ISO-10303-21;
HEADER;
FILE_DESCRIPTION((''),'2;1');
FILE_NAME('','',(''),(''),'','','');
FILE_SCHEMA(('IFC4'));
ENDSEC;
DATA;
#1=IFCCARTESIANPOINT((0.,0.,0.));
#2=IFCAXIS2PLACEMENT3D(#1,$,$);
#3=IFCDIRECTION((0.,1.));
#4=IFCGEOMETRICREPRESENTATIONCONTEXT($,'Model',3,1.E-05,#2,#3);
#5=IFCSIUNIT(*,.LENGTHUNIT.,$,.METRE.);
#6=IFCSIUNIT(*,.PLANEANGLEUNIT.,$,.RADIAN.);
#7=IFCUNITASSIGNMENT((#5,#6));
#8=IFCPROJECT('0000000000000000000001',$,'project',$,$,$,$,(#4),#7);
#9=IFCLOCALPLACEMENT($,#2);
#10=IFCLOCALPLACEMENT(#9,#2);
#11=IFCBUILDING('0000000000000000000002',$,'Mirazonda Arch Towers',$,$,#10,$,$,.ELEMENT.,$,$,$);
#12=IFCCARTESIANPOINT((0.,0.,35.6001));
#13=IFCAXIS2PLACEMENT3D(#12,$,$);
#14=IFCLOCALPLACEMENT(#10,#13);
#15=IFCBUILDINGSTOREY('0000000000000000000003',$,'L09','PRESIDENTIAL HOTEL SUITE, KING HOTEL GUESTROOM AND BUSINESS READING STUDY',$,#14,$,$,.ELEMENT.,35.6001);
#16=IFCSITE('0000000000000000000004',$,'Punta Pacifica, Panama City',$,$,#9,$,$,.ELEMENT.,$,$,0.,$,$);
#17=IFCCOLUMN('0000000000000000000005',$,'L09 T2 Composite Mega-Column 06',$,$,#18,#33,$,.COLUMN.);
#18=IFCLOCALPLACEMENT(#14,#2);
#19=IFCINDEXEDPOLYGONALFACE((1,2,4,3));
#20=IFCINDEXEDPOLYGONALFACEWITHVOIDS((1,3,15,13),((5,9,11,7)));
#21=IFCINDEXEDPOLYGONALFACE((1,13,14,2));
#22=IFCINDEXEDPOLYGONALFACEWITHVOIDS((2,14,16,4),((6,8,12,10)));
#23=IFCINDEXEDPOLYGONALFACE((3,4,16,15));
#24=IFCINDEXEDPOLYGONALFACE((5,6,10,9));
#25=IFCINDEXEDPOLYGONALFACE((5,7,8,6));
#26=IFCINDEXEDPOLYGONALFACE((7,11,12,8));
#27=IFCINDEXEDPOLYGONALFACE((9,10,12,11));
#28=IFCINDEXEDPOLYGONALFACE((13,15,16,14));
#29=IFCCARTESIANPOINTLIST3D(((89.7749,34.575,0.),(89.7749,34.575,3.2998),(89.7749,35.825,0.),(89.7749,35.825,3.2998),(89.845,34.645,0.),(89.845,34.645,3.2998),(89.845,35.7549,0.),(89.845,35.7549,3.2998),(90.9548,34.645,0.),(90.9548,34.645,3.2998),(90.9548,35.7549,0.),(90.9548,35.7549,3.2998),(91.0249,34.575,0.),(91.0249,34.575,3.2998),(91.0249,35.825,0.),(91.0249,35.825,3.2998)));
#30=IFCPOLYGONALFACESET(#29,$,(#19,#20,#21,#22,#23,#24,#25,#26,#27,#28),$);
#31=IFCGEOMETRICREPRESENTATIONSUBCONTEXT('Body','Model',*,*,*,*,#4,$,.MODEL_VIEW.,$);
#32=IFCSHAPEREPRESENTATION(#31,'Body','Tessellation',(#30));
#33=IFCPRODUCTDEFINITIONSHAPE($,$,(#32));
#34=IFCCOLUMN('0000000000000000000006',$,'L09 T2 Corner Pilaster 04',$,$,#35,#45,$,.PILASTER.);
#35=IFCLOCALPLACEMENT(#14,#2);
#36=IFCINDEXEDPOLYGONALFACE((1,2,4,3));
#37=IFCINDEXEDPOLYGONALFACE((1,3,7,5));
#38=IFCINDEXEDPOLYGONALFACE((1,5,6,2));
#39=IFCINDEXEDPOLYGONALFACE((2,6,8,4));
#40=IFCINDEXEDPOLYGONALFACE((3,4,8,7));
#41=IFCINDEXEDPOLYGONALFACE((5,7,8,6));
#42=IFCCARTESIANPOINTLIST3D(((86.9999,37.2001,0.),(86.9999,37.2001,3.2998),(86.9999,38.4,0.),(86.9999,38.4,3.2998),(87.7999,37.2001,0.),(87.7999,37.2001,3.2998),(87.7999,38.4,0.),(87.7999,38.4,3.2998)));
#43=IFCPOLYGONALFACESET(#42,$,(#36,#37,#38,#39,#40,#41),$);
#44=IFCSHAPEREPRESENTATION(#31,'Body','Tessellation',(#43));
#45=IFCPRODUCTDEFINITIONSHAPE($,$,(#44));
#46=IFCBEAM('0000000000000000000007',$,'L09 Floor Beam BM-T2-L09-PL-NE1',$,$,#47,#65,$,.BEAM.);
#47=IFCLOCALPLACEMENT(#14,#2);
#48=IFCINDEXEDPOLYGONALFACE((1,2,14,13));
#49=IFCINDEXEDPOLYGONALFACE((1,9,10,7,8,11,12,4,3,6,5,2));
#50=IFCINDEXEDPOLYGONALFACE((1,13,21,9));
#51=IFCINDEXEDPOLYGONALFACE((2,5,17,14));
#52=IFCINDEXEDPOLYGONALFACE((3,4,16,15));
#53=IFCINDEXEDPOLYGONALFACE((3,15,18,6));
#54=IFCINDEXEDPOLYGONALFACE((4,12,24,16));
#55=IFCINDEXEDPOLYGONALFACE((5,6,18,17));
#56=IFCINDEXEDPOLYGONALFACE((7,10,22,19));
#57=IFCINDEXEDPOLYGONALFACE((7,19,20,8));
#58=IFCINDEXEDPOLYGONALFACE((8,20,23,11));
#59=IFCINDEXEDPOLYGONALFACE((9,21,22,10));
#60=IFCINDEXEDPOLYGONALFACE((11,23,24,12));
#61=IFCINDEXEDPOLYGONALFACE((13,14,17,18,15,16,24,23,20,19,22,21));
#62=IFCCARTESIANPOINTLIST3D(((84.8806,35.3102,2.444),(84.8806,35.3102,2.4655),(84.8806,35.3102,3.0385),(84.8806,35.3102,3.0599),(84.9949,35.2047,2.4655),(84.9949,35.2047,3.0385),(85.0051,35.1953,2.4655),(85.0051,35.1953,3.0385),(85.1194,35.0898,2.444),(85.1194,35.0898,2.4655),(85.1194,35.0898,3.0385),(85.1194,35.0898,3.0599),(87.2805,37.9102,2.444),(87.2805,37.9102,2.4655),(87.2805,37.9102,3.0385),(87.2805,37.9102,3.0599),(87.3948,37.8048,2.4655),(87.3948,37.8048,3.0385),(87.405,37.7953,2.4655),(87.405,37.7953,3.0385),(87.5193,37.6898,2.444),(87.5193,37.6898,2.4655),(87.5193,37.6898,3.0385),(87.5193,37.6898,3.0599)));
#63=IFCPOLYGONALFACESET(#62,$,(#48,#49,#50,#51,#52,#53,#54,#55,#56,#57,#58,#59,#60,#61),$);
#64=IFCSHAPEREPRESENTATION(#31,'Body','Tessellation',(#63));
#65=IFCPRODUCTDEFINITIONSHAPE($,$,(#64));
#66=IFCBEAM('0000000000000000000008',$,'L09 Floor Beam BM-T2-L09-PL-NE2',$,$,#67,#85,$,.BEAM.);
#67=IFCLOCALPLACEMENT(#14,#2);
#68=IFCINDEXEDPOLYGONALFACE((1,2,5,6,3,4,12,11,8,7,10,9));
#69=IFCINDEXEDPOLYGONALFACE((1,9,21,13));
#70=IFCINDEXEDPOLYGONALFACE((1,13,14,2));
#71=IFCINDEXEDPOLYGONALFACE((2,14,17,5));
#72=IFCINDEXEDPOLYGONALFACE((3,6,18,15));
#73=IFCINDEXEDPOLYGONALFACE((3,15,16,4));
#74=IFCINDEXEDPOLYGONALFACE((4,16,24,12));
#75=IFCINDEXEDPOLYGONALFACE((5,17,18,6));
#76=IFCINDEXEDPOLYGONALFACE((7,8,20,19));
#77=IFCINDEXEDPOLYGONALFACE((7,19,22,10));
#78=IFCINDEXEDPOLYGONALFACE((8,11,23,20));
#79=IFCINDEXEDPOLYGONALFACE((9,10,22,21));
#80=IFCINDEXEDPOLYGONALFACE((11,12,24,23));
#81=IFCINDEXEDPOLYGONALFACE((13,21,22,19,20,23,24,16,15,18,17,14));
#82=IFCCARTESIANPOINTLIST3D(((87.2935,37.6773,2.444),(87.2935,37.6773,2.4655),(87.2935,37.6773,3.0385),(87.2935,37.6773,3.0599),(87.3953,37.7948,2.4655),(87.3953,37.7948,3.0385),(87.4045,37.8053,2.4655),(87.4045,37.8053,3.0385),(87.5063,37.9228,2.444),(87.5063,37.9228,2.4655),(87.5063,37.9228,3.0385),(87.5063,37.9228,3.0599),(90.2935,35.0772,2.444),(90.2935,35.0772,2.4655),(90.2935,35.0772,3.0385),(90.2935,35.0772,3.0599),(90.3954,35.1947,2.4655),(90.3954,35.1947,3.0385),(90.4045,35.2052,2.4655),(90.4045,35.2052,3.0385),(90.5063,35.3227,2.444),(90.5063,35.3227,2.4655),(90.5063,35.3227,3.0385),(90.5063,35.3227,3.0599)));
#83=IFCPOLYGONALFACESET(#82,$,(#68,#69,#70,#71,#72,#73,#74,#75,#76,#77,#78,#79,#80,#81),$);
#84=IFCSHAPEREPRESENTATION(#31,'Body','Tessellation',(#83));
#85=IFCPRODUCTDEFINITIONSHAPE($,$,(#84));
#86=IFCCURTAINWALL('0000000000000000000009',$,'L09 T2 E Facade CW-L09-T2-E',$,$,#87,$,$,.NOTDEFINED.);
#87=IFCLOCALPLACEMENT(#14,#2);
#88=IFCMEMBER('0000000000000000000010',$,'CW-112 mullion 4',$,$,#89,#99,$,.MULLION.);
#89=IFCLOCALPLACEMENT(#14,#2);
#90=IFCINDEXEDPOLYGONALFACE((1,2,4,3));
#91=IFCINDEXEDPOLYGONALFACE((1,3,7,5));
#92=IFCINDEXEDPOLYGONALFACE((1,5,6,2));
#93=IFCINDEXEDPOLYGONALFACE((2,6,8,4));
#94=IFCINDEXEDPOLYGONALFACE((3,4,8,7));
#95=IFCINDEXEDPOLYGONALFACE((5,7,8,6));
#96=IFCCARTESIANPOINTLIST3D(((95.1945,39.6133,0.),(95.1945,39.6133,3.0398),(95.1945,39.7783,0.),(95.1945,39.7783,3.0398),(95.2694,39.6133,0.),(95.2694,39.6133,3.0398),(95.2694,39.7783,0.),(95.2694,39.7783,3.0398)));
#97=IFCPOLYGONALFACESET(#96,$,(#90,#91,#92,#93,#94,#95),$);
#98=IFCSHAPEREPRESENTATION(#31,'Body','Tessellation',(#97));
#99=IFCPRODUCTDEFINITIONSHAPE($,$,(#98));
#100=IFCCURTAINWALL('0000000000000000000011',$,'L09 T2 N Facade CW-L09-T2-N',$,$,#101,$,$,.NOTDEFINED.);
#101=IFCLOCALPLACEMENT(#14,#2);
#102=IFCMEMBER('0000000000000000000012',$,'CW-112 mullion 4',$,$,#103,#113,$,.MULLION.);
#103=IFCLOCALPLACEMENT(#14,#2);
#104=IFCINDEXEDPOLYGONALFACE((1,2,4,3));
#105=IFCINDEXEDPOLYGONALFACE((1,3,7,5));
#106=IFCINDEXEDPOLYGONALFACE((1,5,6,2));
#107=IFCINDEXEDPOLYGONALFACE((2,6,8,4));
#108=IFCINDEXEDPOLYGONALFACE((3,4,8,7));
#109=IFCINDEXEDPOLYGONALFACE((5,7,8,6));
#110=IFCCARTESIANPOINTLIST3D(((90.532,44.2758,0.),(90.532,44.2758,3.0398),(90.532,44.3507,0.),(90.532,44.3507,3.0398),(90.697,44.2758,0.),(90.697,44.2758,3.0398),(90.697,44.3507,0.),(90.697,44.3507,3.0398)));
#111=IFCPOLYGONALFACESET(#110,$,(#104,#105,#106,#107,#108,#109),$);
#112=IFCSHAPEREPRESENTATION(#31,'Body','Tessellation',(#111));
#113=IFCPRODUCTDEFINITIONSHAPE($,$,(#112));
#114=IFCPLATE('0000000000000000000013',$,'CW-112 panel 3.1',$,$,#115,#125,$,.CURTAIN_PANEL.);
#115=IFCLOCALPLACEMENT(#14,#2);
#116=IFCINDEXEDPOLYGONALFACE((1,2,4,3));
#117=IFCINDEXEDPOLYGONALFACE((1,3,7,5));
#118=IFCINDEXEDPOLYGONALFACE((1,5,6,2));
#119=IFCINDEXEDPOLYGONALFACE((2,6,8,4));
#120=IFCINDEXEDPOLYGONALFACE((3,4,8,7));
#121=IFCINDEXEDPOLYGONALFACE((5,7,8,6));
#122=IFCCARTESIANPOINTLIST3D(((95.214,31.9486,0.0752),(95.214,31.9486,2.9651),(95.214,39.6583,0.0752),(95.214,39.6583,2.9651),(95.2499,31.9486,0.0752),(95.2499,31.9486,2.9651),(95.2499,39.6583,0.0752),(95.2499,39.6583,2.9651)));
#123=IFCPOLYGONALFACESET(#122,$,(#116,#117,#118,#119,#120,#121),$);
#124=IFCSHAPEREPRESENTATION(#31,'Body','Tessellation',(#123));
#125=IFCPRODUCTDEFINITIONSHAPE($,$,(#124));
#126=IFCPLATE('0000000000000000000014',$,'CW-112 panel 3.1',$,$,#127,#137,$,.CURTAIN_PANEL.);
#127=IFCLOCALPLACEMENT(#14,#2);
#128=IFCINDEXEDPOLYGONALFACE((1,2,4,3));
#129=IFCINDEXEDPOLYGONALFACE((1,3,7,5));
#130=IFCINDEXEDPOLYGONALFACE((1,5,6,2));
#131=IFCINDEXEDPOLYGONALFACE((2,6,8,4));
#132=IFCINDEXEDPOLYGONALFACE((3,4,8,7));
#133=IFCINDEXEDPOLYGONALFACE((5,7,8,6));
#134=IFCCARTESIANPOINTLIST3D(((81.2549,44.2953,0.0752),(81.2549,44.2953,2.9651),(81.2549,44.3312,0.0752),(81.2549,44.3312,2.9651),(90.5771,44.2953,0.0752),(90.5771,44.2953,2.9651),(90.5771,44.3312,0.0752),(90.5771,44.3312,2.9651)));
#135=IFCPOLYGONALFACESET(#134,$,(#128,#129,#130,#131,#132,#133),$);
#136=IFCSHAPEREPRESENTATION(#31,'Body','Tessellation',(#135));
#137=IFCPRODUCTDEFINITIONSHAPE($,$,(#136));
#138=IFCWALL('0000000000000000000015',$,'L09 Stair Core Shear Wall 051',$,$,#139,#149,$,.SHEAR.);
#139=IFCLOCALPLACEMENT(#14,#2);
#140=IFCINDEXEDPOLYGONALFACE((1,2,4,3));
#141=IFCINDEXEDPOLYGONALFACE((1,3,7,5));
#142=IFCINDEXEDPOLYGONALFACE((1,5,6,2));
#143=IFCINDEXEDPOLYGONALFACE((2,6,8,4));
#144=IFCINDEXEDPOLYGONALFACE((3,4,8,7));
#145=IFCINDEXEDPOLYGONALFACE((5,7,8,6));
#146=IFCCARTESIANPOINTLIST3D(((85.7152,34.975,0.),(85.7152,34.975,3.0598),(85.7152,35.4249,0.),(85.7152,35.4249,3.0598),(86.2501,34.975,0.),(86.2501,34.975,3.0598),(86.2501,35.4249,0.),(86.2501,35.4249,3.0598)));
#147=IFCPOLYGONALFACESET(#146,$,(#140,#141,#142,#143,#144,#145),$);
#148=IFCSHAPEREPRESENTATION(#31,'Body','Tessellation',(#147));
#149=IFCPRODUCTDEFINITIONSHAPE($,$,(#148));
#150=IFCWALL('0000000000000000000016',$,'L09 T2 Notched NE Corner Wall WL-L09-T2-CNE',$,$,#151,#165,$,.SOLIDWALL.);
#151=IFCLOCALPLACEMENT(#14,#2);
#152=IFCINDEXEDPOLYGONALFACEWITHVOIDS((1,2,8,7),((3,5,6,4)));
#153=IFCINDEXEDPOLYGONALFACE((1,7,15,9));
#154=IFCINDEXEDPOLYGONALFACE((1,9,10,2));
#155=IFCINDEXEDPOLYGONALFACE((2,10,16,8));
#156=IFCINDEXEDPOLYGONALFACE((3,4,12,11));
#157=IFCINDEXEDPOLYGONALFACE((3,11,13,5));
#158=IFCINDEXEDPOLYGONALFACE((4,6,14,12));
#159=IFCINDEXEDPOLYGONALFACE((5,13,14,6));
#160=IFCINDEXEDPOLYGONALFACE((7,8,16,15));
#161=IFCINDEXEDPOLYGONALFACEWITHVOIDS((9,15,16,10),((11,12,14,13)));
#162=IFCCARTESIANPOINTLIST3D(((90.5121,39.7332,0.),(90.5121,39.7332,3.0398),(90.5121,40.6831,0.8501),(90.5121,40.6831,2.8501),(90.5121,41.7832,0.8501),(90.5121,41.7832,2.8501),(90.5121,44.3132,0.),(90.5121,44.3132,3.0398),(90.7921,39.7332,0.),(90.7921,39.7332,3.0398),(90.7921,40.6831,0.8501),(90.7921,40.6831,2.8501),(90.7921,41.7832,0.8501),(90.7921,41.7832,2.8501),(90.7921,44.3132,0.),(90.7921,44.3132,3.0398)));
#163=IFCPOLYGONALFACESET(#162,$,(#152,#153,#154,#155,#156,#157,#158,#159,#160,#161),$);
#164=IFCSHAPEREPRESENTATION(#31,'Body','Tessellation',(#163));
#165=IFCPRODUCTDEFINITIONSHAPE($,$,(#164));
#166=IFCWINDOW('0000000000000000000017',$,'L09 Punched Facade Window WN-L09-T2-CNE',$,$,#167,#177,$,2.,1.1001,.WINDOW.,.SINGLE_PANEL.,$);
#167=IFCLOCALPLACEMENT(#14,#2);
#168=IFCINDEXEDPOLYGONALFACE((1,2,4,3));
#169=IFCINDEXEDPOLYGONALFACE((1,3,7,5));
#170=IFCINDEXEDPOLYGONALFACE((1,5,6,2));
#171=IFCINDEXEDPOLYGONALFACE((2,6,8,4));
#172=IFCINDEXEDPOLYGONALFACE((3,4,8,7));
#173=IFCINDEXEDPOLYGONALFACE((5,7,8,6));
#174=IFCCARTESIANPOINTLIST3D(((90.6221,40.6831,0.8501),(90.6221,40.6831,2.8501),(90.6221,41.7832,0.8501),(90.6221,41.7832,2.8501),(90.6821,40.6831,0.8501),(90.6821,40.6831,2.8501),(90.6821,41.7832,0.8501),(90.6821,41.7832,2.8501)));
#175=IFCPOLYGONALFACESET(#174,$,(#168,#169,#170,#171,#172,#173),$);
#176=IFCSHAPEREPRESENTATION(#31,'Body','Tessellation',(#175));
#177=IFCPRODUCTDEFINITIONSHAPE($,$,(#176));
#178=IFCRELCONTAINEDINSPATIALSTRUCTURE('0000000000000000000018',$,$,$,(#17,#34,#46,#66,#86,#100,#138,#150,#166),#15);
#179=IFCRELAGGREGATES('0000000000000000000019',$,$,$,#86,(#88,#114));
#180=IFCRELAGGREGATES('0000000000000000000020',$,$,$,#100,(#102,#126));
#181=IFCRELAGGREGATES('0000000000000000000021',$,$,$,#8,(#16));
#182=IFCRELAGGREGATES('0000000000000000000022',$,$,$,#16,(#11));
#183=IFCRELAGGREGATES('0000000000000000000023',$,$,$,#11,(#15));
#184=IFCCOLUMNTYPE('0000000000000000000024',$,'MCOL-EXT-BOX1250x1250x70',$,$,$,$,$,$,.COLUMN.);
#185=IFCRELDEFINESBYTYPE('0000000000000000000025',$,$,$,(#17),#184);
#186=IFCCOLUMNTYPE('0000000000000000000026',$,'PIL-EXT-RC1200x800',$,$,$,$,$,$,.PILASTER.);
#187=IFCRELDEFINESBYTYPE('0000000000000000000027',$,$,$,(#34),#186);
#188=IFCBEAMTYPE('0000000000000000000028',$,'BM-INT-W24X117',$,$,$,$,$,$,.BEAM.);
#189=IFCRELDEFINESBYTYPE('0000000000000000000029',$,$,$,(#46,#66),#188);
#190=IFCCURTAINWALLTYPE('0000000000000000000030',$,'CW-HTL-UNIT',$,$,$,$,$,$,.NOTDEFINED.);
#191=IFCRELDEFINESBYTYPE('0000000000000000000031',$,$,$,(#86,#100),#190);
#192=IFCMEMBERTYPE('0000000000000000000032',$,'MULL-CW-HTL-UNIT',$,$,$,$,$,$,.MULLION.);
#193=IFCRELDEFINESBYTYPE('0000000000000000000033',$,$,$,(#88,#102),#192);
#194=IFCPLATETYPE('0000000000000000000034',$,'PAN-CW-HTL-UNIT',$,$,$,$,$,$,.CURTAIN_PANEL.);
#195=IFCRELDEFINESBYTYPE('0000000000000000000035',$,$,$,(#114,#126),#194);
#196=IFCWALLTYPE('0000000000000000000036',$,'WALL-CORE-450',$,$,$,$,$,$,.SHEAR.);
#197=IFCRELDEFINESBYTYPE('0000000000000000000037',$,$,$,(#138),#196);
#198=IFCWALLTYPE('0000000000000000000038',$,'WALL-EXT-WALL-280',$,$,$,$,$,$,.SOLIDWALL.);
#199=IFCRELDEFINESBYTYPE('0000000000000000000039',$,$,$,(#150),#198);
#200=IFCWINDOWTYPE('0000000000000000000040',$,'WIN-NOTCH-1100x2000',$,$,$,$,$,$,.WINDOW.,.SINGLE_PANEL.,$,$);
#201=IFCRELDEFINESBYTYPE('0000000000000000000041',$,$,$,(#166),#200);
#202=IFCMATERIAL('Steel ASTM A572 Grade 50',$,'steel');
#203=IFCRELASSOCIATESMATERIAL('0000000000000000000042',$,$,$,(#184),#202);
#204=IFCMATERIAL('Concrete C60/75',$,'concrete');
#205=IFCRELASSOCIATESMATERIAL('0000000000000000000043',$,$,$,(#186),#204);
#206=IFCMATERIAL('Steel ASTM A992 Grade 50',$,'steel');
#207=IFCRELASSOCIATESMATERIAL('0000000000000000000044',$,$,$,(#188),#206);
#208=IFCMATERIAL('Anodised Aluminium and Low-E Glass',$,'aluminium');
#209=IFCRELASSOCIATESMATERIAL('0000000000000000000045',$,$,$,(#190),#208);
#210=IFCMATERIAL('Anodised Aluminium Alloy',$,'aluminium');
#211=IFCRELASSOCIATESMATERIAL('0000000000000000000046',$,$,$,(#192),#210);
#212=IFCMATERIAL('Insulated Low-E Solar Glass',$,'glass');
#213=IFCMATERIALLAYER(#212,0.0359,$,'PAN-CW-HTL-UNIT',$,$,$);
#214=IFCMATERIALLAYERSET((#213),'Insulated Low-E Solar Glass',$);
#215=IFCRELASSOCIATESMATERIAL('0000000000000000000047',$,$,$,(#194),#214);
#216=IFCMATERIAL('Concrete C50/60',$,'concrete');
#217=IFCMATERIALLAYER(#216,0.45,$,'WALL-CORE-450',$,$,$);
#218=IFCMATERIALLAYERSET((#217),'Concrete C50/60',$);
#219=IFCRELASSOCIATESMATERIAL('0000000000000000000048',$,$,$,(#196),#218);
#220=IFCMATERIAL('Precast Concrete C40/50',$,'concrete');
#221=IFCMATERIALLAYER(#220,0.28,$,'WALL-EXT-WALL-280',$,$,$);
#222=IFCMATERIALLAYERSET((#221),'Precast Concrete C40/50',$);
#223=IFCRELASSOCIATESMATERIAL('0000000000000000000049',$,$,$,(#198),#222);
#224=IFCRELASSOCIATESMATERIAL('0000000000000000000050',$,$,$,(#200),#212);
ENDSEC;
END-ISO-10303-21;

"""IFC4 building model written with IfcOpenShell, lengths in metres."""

from ifc_helpers import new_model, si_unit, direction, frame, frame_2d, origin, origin_2d, place, context, subcontext, project, spatial, rectangle, hollow_rectangle, i_section, extrude, material, layer, layer_set, material_profile, profile_set, type_object, element, fill, aggregate, save


model = new_model("IFC4")

# Units and contexts
model_context = context("Model", 3, precision=1e-05, world=origin(), true_north=direction((0.0, 1.0)))
body_context = subcontext(model_context, "Body", "Model", "MODEL_VIEW")
ifc_project = project(units=[si_unit("LENGTHUNIT", "METRE"), si_unit("PLANEANGLEUNIT", "RADIAN")], contexts=[model_context])

# Site, building, storey
site_placement = place(None, origin())
site = spatial("IfcSite", under=ifc_project, at=site_placement, Name="Punta Pacifica, Panama City", CompositionType="ELEMENT", RefElevation=0.0)
building_placement = place(site_placement, origin())
building = spatial("IfcBuilding", under=site, at=building_placement, Name="Mirazonda Arch Towers", CompositionType="ELEMENT")
storey_placement = place(building_placement, frame((0.0, 0.0, 35.6001)))
storey = spatial("IfcBuildingStorey", under=building, at=storey_placement, Name="L09", Description="PRESIDENTIAL HOTEL SUITE, KING HOTEL GUESTROOM AND BUSINESS READING STUDY", CompositionType="ELEMENT", Elevation=35.6001)

# Columns
ifc_material_1 = material(Name="Steel ASTM A572 Grade 50", Category="steel")
ifc_material_profile_1 = material_profile(ifc_material_1, hollow_rectangle(XDim=1.25, YDim=1.25, WallThickness=0.0701, at=origin_2d()), Name="BOX1250x1250x70")
ifc_profile_set_1 = profile_set([ifc_material_profile_1], Name="Steel ASTM A572 Grade 50")
column_type_1 = type_object("IfcColumnType", Name="MCOL-EXT-BOX1250x1250x70", PredefinedType="COLUMN", material=ifc_profile_set_1)
column_1_placement = place(storey_placement, frame((90.3999, 35.2, 0.0), z_axis=(0.0, 0.0, 1.0), x_axis=(1.0, 0.0, 0.0)))
element("IfcColumn", 1, at=column_1_placement, inside=storey, type_object=column_type_1, Name="L09 T2 Composite Mega-Column 06", PredefinedType="COLUMN", context=body_context, shape_type="SweptSolid", body=[
    extrude(hollow_rectangle(XDim=1.25, YDim=1.25, WallThickness=0.0701, at=origin_2d()), origin(), (0.0, 0.0, 1.0), 3.2998),
])
ifc_material_2 = material(Name="Concrete C60/75", Category="concrete")
ifc_material_profile_2 = material_profile(ifc_material_2, rectangle(XDim=0.8, YDim=1.2, at=origin_2d()), Name="RC1200x800")
ifc_profile_set_2 = profile_set([ifc_material_profile_2], Name="Concrete C60/75")
column_type_2 = type_object("IfcColumnType", Name="PIL-EXT-RC1200x800", PredefinedType="PILASTER", material=ifc_profile_set_2)
column_2_placement = place(storey_placement, frame((87.3999, 37.8, 0.0), z_axis=(0.0, 0.0, 1.0), x_axis=(1.0, 0.0, 0.0)))
element("IfcColumn", 2, at=column_2_placement, inside=storey, type_object=column_type_2, Name="L09 T2 Corner Pilaster 04", PredefinedType="PILASTER", context=body_context, shape_type="SweptSolid", body=[
    extrude(rectangle(XDim=0.8, YDim=1.2, at=origin_2d()), origin(), (0.0, 0.0, 1.0), 3.2998),
])

# Beams
ifc_material_3 = material(Name="Steel ASTM A992 Grade 50", Category="steel")
ifc_material_profile_3 = material_profile(ifc_material_3, i_section(OverallWidth=0.325, OverallDepth=0.616, WebThickness=0.0139, FlangeThickness=0.0215, at=origin_2d()), Name="W24X117")
ifc_profile_set_3 = profile_set([ifc_material_profile_3], Name="Steel ASTM A992 Grade 50")
beam_type = type_object("IfcBeamType", Name="BM-INT-W24X117", PredefinedType="BEAM", material=ifc_profile_set_3)
beam_1_placement = place(storey_placement, frame((87.3999, 37.8, 2.752), z_axis=(-0.678251, -0.73483, 0.0), x_axis=(0.73483, -0.678251, 0.0)))
element("IfcBeam", 3, at=beam_1_placement, inside=storey, type_object=beam_type, Name="L09 Floor Beam BM-T2-L09-PL-NE1", PredefinedType="BEAM", context=body_context, shape_type="SweptSolid", body=[
    extrude(i_section(OverallWidth=0.325, OverallDepth=0.616, WebThickness=0.0139, FlangeThickness=0.0215, at=origin_2d()), origin(), (0.0, 0.0, 1.0), 3.5383),
])
beam_2_placement = place(storey_placement, frame((87.3999, 37.8, 2.752), z_axis=(0.755677, -0.654945, 0.0), x_axis=(0.654945, 0.755677, 0.0)))
element("IfcBeam", 4, at=beam_2_placement, inside=storey, type_object=beam_type, Name="L09 Floor Beam BM-T2-L09-PL-NE2", PredefinedType="BEAM", context=body_context, shape_type="SweptSolid", body=[
    extrude(i_section(OverallWidth=0.325, OverallDepth=0.616, WebThickness=0.0139, FlangeThickness=0.0215, at=origin_2d()), origin(), (0.0, 0.0, 1.0), 3.97),
])

# Curtain walls, members
ifc_material_4 = material(Name="Anodised Aluminium and Low-E Glass", Category="aluminium")
curtain_wall_type = type_object("IfcCurtainWallType", Name="CW-HTL-UNIT", PredefinedType="NOTDEFINED", material=ifc_material_4)
curtain_wall_1_placement = place(storey_placement, origin())
curtain_wall_1 = element("IfcCurtainWall", 5, at=curtain_wall_1_placement, inside=storey, type_object=curtain_wall_type, Name="L09 T2 E Facade CW-L09-T2-E", PredefinedType="NOTDEFINED")
ifc_material_5 = material(Name="Anodised Aluminium Alloy", Category="aluminium")
ifc_material_profile_4 = material_profile(ifc_material_5, rectangle(XDim=0.075, YDim=0.165, at=origin_2d()), Name="ALU-MULL-75x165")
ifc_profile_set_4 = profile_set([ifc_material_profile_4], Name="Anodised Aluminium Alloy")
member_type = type_object("IfcMemberType", Name="MULL-CW-HTL-UNIT", PredefinedType="MULLION", material=ifc_profile_set_4)
member_1_placement = place(storey_placement, frame((95.2319, 39.6958, 0.0), z_axis=(0.0, 0.0, 1.0), x_axis=(-1.0, 0.0, 0.0)))
member_1 = element("IfcMember", 6, at=member_1_placement, type_object=member_type, Name="CW-112 mullion 4", PredefinedType="MULLION", context=body_context, shape_type="SweptSolid", body=[
    extrude(rectangle(XDim=0.075, YDim=0.165, at=origin_2d()), origin(), (0.0, 0.0, 1.0), 3.0398),
])
curtain_wall_2_placement = place(storey_placement, origin())
curtain_wall_2 = element("IfcCurtainWall", 7, at=curtain_wall_2_placement, inside=storey, type_object=curtain_wall_type, Name="L09 T2 N Facade CW-L09-T2-N", PredefinedType="NOTDEFINED")
member_2_placement = place(storey_placement, frame((90.6145, 44.3132, 0.0), z_axis=(0.0, 0.0, 1.0), x_axis=(0.0, 1.0, 0.0)))
member_2 = element("IfcMember", 8, at=member_2_placement, type_object=member_type, Name="CW-112 mullion 4", PredefinedType="MULLION", context=body_context, shape_type="SweptSolid", body=[
    extrude(rectangle(XDim=0.075, YDim=0.165, at=origin_2d()), origin(), (0.0, 0.0, 1.0), 3.0398),
])

# Plates
ifc_material_6 = material(Name="Insulated Low-E Solar Glass", Category="glass")
ifc_layer_1 = layer(ifc_material_6, 0.0359, Name="PAN-CW-HTL-UNIT")
ifc_layer_set_1 = layer_set([ifc_layer_1], Name="Insulated Low-E Solar Glass")
plate_type = type_object("IfcPlateType", Name="PAN-CW-HTL-UNIT", PredefinedType="CURTAIN_PANEL", material=ifc_layer_set_1)
plate_1_placement = place(storey_placement, frame((95.2319, 35.8035, 0.0752), z_axis=(0.0, 0.0, 1.0), x_axis=(0.0, 1.0, 0.0)))
plate_1 = element("IfcPlate", 9, at=plate_1_placement, type_object=plate_type, Name="CW-112 panel 3.1", PredefinedType="CURTAIN_PANEL", context=body_context, shape_type="SweptSolid", body=[
    extrude(rectangle(XDim=7.7097, YDim=0.0359, at=origin_2d()), origin(), (0.0, 0.0, 1.0), 2.8899),
])
aggregate(curtain_wall_1, [member_1, plate_1])
plate_2_placement = place(storey_placement, frame((85.916, 44.3132, 0.0752), z_axis=(0.0, 0.0, 1.0), x_axis=(1.0, 0.0, 0.0)))
plate_2 = element("IfcPlate", 10, at=plate_2_placement, type_object=plate_type, Name="CW-112 panel 3.1", PredefinedType="CURTAIN_PANEL", context=body_context, shape_type="SweptSolid", body=[
    extrude(rectangle(XDim=9.3223, YDim=0.0359, at=origin_2d()), origin(), (0.0, 0.0, 1.0), 2.8899),
])
aggregate(curtain_wall_2, [member_2, plate_2])

# Wall
ifc_material_7 = material(Name="Concrete C50/60", Category="concrete")
ifc_layer_2 = layer(ifc_material_7, 0.45, Name="WALL-CORE-450")
ifc_layer_set_2 = layer_set([ifc_layer_2], Name="Concrete C50/60")
wall_type_1 = type_object("IfcWallType", Name="WALL-CORE-450", PredefinedType="SHEAR", material=ifc_layer_set_2)
wall_1_placement = place(storey_placement, frame((85.7151, 35.2, 0.0), z_axis=(0.0, 0.0, 1.0), x_axis=(1.0, 0.0, 0.0)))
element("IfcWall", 11, at=wall_1_placement, inside=storey, type_object=wall_type_1, Name="L09 Stair Core Shear Wall 051", PredefinedType="SHEAR", context=body_context, shape_type="SweptSolid", body=[
    extrude(rectangle(XDim=0.5349, YDim=0.45, at=frame_2d((0.2676, 0.0))), origin(), (0.0, 0.0, 1.0), 3.0598),
])

# Wall, opening, window
ifc_material_8 = material(Name="Precast Concrete C40/50", Category="concrete")
ifc_layer_3 = layer(ifc_material_8, 0.28, Name="WALL-EXT-WALL-280")
ifc_layer_set_3 = layer_set([ifc_layer_3], Name="Precast Concrete C40/50")
wall_type_2 = type_object("IfcWallType", Name="WALL-EXT-WALL-280", PredefinedType="SOLIDWALL", material=ifc_layer_set_3)
wall_2_placement = place(storey_placement, frame((90.6521, 39.7332, 0.0), z_axis=(0.0, 0.0, 1.0), x_axis=(0.0, 1.0, 0.0)))
wall_2 = element("IfcWall", 12, at=wall_2_placement, inside=storey, type_object=wall_type_2, Name="L09 T2 Notched NE Corner Wall WL-L09-T2-CNE", PredefinedType="SOLIDWALL", context=body_context, shape_type="SweptSolid", body=[
    extrude(rectangle(XDim=4.5801, YDim=0.28, at=frame_2d((2.29, 0.0))), origin(), (0.0, 0.0, 1.0), 3.0398),
])
opening_1_placement = place(wall_2_placement, frame((0.95, 0.0, 0.8501)))
opening_1 = element("IfcOpeningElement", 13, at=opening_1_placement, cuts=wall_2, PredefinedType="OPENING", context=body_context, shape_type="SweptSolid", body=[
    extrude(rectangle(XDim=1.1001, YDim=2.0, at=frame_2d((0.55, 1.0))), frame((0.0, 0.1499, 0.0), z_axis=(0.0, -1.0, 0.0), x_axis=(1.0, 0.0, 0.0)), (0.0, 0.0, 1.0), 0.3),
])
window_type = type_object("IfcWindowType", Name="WIN-NOTCH-1100x2000", PartitioningType="SINGLE_PANEL", PredefinedType="WINDOW", material=ifc_material_6)
window_1_placement = place(opening_1_placement, origin())
window_1 = element("IfcWindow", 14, at=window_1_placement, inside=storey, type_object=window_type, Name="L09 Punched Facade Window WN-L09-T2-CNE", OverallHeight=2.0, OverallWidth=1.1001, PartitioningType="SINGLE_PANEL", PredefinedType="WINDOW", context=body_context, shape_type="SweptSolid", body=[
    extrude(rectangle(XDim=1.1001, YDim=2.0, at=frame_2d((0.55, 1.0))), frame((0.0, 0.03, 0.0), z_axis=(0.0, -1.0, 0.0), x_axis=(1.0, 0.0, 0.0)), (0.0, 0.0, 1.0), 0.0601),
])
fill(opening_1, window_1)

save(model, "model.ifc")
